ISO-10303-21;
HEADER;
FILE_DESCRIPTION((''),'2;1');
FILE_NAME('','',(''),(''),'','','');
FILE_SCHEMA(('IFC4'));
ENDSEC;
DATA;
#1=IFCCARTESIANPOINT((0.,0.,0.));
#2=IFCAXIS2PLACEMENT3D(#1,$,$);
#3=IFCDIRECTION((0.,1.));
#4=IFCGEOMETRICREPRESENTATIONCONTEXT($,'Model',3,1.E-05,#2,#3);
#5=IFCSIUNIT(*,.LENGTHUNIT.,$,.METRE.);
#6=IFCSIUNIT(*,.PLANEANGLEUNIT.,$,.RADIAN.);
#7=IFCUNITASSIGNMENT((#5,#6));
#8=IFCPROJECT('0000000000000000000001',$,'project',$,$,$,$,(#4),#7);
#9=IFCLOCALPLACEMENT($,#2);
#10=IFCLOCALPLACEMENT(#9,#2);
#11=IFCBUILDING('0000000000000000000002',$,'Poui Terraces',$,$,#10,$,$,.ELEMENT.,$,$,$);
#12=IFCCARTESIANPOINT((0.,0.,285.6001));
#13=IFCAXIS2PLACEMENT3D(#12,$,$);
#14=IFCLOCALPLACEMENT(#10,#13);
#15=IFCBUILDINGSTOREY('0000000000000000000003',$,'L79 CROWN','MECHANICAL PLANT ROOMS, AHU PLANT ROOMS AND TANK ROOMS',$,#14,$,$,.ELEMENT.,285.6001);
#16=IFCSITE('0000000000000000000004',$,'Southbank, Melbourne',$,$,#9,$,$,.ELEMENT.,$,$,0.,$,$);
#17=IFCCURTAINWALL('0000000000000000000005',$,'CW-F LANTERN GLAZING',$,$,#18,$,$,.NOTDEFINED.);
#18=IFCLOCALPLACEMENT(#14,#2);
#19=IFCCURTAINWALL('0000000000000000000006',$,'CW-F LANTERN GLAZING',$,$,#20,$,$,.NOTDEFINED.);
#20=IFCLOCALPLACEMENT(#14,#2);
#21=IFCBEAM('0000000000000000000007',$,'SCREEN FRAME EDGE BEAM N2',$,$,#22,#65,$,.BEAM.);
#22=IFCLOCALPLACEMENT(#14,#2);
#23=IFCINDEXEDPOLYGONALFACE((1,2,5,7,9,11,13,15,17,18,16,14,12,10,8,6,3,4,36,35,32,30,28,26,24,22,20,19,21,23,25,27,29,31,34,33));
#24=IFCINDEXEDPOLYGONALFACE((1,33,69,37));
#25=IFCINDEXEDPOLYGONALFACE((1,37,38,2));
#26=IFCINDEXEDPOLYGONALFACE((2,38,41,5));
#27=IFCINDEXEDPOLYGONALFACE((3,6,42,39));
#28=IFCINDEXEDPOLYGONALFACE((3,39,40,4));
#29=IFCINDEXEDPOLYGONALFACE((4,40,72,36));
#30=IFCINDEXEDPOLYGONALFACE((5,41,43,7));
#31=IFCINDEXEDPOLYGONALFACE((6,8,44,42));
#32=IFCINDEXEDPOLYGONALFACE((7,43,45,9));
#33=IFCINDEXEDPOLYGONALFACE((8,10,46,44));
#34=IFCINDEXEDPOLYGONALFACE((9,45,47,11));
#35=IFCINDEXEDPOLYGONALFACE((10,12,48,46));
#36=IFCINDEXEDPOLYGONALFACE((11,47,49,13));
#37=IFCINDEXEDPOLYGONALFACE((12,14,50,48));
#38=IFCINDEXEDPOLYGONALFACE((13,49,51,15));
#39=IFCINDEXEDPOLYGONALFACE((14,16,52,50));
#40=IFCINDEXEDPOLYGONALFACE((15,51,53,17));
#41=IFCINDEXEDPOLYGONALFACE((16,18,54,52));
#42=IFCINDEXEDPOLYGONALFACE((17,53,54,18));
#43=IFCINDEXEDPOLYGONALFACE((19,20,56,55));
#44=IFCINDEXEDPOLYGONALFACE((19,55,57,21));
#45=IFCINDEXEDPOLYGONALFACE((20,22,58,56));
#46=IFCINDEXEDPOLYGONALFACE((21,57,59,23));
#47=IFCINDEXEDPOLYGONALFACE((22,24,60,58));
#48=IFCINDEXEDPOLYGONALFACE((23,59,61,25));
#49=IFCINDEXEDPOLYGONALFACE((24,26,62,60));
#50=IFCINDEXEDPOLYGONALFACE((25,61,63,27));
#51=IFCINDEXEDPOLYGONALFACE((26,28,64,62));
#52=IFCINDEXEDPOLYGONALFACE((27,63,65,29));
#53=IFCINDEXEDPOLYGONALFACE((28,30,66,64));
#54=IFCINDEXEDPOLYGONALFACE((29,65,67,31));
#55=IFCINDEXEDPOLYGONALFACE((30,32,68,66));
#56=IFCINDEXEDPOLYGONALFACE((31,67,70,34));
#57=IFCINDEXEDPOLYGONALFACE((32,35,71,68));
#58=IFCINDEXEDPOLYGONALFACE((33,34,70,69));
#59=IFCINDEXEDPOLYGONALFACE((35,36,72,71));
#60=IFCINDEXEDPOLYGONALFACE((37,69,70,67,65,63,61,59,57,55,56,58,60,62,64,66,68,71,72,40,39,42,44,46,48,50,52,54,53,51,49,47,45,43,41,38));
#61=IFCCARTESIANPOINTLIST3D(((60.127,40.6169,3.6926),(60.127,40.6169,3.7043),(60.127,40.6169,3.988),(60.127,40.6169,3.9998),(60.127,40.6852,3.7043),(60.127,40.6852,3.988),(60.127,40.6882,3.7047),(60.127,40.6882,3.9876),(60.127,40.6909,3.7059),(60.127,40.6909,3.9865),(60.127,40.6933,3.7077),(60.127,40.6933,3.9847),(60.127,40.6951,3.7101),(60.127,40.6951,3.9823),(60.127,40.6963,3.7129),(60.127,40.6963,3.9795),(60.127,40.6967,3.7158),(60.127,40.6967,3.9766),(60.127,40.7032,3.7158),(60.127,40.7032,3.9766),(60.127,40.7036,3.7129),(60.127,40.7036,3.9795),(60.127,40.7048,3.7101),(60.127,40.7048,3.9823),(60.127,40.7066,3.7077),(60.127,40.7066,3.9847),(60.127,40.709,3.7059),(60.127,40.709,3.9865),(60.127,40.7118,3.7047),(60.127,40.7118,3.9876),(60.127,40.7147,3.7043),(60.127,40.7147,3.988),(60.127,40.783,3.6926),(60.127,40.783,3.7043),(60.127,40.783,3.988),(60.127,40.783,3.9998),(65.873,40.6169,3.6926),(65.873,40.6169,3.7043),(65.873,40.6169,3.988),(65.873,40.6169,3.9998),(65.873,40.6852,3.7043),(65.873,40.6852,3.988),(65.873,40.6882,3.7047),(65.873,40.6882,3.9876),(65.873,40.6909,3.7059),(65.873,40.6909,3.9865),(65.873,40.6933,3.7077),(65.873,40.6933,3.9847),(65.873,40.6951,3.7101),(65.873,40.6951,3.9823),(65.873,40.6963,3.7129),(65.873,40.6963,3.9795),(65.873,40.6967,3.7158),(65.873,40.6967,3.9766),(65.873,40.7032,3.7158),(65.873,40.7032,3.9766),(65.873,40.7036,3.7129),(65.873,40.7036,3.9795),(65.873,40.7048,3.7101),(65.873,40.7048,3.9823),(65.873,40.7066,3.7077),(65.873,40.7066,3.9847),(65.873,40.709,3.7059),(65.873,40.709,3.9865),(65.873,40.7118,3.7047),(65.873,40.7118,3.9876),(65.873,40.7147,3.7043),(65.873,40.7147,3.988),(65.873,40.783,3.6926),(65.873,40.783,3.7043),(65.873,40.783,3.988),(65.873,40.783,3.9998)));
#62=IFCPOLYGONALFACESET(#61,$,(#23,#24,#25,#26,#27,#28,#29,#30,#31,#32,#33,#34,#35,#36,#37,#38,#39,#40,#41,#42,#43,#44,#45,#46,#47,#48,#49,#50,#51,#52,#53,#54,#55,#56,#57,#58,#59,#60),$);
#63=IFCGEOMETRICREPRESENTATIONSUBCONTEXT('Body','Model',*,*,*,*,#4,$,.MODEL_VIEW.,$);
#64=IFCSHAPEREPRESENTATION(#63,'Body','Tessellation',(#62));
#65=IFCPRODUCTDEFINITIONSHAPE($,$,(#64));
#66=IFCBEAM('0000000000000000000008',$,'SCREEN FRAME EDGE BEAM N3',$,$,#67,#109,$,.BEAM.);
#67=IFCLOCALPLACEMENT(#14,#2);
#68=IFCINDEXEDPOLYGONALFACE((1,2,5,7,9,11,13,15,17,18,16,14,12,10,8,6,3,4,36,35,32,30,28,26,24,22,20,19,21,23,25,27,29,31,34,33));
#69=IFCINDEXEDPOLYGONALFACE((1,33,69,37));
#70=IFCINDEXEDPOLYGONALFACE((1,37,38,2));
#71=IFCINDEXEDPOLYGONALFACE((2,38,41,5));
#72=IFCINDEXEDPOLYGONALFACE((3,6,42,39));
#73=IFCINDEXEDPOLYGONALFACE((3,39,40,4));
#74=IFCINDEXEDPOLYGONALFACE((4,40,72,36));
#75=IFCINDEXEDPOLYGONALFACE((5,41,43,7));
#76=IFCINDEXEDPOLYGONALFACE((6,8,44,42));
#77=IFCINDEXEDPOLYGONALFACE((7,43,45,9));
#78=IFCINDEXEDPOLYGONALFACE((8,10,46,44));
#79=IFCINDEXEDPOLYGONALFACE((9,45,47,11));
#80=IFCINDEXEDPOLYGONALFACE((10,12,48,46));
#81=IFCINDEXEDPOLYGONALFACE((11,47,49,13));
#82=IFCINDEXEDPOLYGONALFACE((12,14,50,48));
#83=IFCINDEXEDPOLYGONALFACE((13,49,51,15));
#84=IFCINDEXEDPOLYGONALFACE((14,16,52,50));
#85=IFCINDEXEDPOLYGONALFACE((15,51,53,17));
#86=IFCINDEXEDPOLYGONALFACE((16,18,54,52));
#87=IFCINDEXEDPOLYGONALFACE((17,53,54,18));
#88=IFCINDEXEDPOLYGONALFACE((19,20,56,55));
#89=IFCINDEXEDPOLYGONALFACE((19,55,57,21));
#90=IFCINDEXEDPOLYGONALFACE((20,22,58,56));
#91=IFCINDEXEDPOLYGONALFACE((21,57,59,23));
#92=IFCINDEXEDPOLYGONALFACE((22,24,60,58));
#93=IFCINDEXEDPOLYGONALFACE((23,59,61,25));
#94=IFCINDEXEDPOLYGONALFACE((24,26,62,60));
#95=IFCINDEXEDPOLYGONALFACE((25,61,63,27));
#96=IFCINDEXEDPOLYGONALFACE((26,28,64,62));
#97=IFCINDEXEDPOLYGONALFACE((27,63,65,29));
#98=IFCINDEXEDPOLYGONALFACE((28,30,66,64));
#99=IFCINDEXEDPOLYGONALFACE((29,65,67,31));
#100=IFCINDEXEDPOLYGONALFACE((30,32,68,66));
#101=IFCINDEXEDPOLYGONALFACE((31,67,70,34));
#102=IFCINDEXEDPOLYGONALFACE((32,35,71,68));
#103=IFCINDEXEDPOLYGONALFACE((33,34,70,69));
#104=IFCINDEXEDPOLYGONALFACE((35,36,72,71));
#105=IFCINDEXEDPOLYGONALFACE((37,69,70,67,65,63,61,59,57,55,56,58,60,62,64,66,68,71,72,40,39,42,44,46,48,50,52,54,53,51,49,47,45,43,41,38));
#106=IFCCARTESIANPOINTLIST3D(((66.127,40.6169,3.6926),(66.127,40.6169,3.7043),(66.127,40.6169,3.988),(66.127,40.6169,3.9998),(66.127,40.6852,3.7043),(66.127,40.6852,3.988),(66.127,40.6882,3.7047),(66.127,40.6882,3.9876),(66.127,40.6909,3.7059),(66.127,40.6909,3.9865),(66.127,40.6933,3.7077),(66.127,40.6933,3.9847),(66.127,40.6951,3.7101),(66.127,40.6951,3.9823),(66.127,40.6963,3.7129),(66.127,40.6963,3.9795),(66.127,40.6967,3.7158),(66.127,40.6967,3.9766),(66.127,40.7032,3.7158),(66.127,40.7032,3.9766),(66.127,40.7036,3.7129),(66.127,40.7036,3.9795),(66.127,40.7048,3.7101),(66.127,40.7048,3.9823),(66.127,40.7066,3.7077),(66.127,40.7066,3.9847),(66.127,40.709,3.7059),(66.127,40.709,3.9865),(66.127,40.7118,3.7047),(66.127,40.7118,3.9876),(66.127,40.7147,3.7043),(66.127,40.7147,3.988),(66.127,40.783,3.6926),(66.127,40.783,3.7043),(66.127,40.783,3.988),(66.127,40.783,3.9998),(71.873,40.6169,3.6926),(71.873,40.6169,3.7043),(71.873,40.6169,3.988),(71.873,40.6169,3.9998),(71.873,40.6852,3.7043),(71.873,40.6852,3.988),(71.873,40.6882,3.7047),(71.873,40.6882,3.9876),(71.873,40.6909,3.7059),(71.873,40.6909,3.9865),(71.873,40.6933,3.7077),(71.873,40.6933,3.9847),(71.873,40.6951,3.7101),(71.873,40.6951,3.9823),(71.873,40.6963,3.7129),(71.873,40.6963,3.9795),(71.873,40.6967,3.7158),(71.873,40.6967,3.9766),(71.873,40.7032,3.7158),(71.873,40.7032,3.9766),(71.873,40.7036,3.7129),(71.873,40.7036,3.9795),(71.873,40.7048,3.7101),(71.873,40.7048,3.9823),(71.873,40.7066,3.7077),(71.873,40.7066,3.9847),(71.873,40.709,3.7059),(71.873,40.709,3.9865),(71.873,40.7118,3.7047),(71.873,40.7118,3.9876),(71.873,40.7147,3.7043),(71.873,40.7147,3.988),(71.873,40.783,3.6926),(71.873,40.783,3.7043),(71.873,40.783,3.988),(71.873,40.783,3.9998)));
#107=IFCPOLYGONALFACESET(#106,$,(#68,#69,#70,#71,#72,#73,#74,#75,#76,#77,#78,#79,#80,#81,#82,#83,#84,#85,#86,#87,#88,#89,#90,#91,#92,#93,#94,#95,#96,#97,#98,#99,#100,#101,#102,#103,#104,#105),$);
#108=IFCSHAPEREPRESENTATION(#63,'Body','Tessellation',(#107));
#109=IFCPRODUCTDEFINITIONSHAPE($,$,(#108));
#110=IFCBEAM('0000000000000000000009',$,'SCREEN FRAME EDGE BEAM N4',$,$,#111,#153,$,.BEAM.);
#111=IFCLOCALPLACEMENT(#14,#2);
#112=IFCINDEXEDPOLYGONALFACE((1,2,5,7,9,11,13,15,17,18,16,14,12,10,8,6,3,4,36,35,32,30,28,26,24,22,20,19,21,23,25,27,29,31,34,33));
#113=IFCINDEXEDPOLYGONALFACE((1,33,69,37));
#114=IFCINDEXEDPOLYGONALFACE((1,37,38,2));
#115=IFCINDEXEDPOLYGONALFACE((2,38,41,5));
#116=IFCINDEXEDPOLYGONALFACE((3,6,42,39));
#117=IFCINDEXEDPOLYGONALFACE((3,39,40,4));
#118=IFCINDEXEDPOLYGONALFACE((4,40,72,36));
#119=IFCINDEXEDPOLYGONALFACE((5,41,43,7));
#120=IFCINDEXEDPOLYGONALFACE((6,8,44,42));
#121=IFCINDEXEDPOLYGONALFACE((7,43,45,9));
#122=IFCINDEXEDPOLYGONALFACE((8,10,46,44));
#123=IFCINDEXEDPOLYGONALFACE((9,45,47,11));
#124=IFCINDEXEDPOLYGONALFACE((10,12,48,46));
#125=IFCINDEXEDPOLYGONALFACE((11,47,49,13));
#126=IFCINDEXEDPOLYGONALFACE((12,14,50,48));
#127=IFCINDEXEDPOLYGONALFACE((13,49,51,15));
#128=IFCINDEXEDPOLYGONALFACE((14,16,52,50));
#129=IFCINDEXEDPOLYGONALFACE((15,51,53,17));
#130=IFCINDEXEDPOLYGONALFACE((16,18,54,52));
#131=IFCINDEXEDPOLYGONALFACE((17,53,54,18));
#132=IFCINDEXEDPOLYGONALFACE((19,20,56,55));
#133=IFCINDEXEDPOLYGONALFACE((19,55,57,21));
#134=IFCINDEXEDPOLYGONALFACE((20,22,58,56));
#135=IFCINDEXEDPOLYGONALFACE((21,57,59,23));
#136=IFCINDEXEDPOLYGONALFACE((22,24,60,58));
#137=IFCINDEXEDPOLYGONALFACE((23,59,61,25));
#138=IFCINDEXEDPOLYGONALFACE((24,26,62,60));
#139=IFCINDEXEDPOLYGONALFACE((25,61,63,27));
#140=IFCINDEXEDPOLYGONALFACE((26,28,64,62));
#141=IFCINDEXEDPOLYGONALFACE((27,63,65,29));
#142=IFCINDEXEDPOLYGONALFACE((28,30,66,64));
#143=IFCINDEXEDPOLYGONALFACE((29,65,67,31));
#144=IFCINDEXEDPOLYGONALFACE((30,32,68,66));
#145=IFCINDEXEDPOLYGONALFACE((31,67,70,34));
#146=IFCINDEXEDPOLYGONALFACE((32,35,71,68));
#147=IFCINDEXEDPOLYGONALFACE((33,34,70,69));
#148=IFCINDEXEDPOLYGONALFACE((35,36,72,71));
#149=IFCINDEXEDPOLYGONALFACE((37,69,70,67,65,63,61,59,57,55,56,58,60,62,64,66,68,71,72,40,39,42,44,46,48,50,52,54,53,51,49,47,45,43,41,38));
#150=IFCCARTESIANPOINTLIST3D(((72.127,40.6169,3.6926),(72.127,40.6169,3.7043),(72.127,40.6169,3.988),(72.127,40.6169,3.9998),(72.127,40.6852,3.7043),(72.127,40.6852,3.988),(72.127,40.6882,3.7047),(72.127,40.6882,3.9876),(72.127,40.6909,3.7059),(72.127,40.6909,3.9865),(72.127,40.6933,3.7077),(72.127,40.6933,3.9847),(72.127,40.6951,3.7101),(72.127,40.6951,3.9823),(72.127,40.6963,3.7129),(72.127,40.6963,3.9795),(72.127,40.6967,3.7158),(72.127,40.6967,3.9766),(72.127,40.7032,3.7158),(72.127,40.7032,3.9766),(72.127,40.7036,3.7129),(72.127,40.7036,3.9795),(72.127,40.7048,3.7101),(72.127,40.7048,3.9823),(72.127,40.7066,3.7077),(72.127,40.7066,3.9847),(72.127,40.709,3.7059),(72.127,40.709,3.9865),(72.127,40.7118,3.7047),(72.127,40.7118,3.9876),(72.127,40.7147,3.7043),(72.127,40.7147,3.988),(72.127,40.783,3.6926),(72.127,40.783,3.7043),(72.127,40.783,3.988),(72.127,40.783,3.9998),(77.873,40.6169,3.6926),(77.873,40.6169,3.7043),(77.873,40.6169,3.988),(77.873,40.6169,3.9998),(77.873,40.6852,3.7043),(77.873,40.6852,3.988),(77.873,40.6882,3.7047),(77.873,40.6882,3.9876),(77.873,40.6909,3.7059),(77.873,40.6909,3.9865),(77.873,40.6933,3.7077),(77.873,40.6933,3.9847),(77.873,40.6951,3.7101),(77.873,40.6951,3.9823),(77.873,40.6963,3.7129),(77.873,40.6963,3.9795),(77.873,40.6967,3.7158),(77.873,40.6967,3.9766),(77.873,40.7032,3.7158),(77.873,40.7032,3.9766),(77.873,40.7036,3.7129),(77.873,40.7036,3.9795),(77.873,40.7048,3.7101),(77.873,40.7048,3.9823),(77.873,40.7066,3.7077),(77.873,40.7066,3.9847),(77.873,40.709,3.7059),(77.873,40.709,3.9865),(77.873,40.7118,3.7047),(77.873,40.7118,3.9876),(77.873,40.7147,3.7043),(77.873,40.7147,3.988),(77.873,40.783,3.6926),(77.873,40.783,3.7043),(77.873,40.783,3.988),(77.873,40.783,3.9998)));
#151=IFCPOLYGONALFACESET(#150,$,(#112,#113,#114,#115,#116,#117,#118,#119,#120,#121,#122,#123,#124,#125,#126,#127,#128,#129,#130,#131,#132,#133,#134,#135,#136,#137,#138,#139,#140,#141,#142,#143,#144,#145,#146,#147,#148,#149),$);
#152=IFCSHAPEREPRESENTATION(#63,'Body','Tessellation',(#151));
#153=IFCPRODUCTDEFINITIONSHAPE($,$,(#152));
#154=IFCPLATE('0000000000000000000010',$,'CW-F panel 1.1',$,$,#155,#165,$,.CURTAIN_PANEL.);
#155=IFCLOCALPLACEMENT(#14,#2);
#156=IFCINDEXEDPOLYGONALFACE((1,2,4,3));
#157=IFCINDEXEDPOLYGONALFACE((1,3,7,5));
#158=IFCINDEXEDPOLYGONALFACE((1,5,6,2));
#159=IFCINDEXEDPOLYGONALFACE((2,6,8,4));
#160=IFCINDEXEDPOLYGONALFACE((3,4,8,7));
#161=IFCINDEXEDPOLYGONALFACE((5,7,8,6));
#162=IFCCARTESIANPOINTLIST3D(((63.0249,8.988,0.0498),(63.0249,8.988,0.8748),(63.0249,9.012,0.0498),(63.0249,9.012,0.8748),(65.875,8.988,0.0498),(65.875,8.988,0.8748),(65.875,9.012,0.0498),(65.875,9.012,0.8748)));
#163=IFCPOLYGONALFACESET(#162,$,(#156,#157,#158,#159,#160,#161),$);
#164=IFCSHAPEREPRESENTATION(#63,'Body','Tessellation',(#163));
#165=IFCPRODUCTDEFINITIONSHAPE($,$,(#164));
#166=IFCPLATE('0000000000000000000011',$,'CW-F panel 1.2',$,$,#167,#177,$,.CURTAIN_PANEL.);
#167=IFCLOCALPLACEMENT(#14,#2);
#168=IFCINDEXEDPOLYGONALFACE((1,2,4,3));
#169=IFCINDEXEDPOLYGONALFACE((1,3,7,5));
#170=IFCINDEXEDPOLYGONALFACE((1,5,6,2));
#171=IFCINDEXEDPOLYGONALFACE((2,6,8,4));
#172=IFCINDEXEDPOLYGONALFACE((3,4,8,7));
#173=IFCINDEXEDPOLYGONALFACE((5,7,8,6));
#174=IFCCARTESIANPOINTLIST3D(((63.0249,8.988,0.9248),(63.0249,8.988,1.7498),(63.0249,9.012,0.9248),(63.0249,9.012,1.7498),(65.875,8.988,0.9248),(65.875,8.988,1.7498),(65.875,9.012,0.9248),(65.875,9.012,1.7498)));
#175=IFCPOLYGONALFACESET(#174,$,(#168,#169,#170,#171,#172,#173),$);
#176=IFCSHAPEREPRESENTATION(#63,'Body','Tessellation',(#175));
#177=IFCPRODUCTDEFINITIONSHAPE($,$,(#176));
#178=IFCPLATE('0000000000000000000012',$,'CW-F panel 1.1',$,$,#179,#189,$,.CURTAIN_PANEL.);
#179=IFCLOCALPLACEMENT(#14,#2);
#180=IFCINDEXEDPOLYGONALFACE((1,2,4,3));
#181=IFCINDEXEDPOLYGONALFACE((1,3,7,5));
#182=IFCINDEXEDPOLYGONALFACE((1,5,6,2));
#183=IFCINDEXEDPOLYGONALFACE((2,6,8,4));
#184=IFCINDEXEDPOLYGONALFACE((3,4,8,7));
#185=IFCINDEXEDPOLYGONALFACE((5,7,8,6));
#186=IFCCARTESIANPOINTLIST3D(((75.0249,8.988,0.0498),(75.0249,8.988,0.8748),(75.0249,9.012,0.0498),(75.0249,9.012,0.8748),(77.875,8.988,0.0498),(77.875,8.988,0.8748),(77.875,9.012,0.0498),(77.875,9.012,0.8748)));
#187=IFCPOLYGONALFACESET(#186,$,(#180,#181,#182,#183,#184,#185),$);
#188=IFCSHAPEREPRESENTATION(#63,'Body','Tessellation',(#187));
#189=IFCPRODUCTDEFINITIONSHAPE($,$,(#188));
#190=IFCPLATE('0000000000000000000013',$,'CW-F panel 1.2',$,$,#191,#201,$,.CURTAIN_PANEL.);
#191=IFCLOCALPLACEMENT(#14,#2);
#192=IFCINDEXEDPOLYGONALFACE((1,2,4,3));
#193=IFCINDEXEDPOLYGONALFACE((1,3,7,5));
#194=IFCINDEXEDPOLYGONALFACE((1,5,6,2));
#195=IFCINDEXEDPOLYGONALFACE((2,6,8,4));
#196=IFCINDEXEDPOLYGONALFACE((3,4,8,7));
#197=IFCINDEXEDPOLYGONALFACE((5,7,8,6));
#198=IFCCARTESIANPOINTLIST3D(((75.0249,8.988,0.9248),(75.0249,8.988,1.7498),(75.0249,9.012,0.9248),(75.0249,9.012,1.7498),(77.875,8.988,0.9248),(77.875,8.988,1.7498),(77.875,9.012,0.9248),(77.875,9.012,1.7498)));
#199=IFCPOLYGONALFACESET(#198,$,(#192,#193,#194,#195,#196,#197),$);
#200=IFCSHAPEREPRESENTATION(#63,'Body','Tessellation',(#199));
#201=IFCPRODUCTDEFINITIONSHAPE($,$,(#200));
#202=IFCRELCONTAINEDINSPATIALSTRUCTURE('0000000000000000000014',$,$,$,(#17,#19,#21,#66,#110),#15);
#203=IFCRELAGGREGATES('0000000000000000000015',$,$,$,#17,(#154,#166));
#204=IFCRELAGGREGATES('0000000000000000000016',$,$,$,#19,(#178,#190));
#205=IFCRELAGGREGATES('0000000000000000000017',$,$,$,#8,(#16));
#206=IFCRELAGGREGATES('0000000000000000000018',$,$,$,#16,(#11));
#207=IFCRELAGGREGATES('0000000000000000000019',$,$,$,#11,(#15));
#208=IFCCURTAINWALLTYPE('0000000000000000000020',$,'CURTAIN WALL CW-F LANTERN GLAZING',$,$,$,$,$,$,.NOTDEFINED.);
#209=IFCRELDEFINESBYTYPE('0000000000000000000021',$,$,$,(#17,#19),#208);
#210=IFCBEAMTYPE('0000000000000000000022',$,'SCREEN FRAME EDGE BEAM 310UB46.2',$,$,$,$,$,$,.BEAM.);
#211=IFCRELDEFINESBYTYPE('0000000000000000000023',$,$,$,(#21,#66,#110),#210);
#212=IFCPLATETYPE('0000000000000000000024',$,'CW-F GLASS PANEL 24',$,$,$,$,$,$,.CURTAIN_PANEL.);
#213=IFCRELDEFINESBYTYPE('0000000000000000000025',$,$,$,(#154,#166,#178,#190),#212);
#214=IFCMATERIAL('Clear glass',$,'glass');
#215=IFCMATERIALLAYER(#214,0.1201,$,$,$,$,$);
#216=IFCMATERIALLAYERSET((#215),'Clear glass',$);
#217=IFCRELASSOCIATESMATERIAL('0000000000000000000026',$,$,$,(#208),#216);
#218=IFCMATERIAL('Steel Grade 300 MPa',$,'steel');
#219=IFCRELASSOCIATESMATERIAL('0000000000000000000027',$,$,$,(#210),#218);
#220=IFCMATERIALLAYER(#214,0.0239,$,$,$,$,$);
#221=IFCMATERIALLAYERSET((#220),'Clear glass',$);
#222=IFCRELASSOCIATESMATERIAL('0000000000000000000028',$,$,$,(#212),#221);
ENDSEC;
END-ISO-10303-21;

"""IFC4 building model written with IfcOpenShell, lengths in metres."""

from ifc_helpers import new_model, si_unit, direction, frame, origin, origin_2d, place, context, subcontext, project, spatial, rectangle, i_section, extrude, source, transform, mapped, material, layer, layer_set, material_profile, profile_set, type_object, element, aggregate, save


model = new_model("IFC4")

# Units and contexts
model_context = context("Model", 3, precision=1e-05, world=origin(), true_north=direction((0.0, 1.0)))
body_context = subcontext(model_context, "Body", "Model", "MODEL_VIEW")
ifc_project = project(units=[si_unit("LENGTHUNIT", "METRE"), si_unit("PLANEANGLEUNIT", "RADIAN")], contexts=[model_context])

# Site, building, storey
site_placement = place(None, origin())
site = spatial("IfcSite", under=ifc_project, at=site_placement, Name="Southbank, Melbourne", CompositionType="ELEMENT", RefElevation=0.0)
building_placement = place(site_placement, origin())
building = spatial("IfcBuilding", under=site, at=building_placement, Name="Poui Terraces", CompositionType="ELEMENT")
storey_placement = place(building_placement, frame((0.0, 0.0, 285.6001)))
storey = spatial("IfcBuildingStorey", under=building, at=storey_placement, Name="L79 CROWN", Description="MECHANICAL PLANT ROOMS, AHU PLANT ROOMS AND TANK ROOMS", CompositionType="ELEMENT", Elevation=285.6001)

# Shared definitions
ifc_material_1 = material(Name="Steel Grade 300 MPa", Category="steel")

# Curtain wall
ifc_material_2 = material(Name="Clear glass", Category="glass")
ifc_layer_1 = layer(ifc_material_2, 0.1201)
ifc_layer_set_1 = layer_set([ifc_layer_1], Name="Clear glass")
curtain_wall_type = type_object("IfcCurtainWallType", Name="CURTAIN WALL CW-F LANTERN GLAZING", PredefinedType="NOTDEFINED", material=ifc_layer_set_1)
curtain_wall_1_placement = place(storey_placement, origin())
curtain_wall_1 = element("IfcCurtainWall", 1, at=curtain_wall_1_placement, inside=storey, type_object=curtain_wall_type, Name="CW-F LANTERN GLAZING", PredefinedType="NOTDEFINED")

# Curtain wall
curtain_wall_2_placement = place(storey_placement, origin())
curtain_wall_2 = element("IfcCurtainWall", 2, at=curtain_wall_2_placement, inside=storey, type_object=curtain_wall_type, Name="CW-F LANTERN GLAZING", PredefinedType="NOTDEFINED")

# Beams
ifc_material_profile_1 = material_profile(ifc_material_1, i_section(OverallWidth=0.166, OverallDepth=0.3071, WebThickness=0.0066, FlangeThickness=0.0117, FilletRadius=0.0115, at=origin_2d()), Name="310UB46.2")
ifc_profile_set_1 = profile_set([ifc_material_profile_1], Name="Steel Grade 300 MPa")
beam_type = type_object("IfcBeamType", Name="SCREEN FRAME EDGE BEAM 310UB46.2", PredefinedType="BEAM", material=ifc_profile_set_1)
shared_shape_1 = source(origin(), body_context, "Body", "SweptSolid", [
    extrude(i_section(OverallWidth=0.166, OverallDepth=0.3071, WebThickness=0.0066, FlangeThickness=0.0117, FilletRadius=0.0115, at=origin_2d()), origin(), (0.0, 0.0, 1.0), 5.7461),
])
for number, where, z_axis, x_axis, name in (
    (3, (60.127, 40.7, 3.8462), (1.0, 0.0, 0.0), (0.0, 1.0, 0.0), "SCREEN FRAME EDGE BEAM N2"),
    (4, (66.127, 40.7, 3.8462), (1.0, 0.0, 0.0), (0.0, 1.0, 0.0), "SCREEN FRAME EDGE BEAM N3"),
    (5, (72.127, 40.7, 3.8462), (1.0, 0.0, 0.0), (0.0, 1.0, 0.0), "SCREEN FRAME EDGE BEAM N4"),
):
    element("IfcBeam", number, at=place(storey_placement, frame(where, z_axis=z_axis, x_axis=x_axis)), inside=storey, type_object=beam_type, Name=name, PredefinedType="BEAM", context=body_context, shape_type="MappedRepresentation", body=[
        mapped(shared_shape_1, transform((0.0, 0.0, 0.0))),
    ])

# Plates
ifc_layer_2 = layer(ifc_material_2, 0.0239)
ifc_layer_set_2 = layer_set([ifc_layer_2], Name="Clear glass")
plate_type = type_object("IfcPlateType", Name="CW-F GLASS PANEL 24", PredefinedType="CURTAIN_PANEL", material=ifc_layer_set_2)
plate_1_placement = place(storey_placement, frame((64.45, 9.0, 0.0498), z_axis=(0.0, 0.0, 1.0), x_axis=(-1.0, 0.0, 0.0)))
plate_1 = element("IfcPlate", 6, at=plate_1_placement, type_object=plate_type, Name="CW-F panel 1.1", PredefinedType="CURTAIN_PANEL", context=body_context, shape_type="SweptSolid", body=[
    extrude(rectangle(XDim=2.8501, YDim=0.0239, at=origin_2d()), origin(), (0.0, 0.0, 1.0), 0.825),
])
plate_2_placement = place(storey_placement, frame((64.45, 9.0, 0.9248), z_axis=(0.0, 0.0, 1.0), x_axis=(-1.0, 0.0, 0.0)))
plate_2 = element("IfcPlate", 7, at=plate_2_placement, type_object=plate_type, Name="CW-F panel 1.2", PredefinedType="CURTAIN_PANEL", context=body_context, shape_type="SweptSolid", body=[
    extrude(rectangle(XDim=2.8501, YDim=0.0239, at=origin_2d()), origin(), (0.0, 0.0, 1.0), 0.825),
])
aggregate(curtain_wall_1, [plate_1, plate_2])
plate_3_placement = place(storey_placement, frame((76.45, 9.0, 0.0498), z_axis=(0.0, 0.0, 1.0), x_axis=(-1.0, 0.0, 0.0)))
plate_3 = element("IfcPlate", 8, at=plate_3_placement, type_object=plate_type, Name="CW-F panel 1.1", PredefinedType="CURTAIN_PANEL", context=body_context, shape_type="SweptSolid", body=[
    extrude(rectangle(XDim=2.8501, YDim=0.0239, at=origin_2d()), origin(), (0.0, 0.0, 1.0), 0.825),
])
plate_4_placement = place(storey_placement, frame((76.45, 9.0, 0.9248), z_axis=(0.0, 0.0, 1.0), x_axis=(-1.0, 0.0, 0.0)))
plate_4 = element("IfcPlate", 9, at=plate_4_placement, type_object=plate_type, Name="CW-F panel 1.2", PredefinedType="CURTAIN_PANEL", context=body_context, shape_type="SweptSolid", body=[
    extrude(rectangle(XDim=2.8501, YDim=0.0239, at=origin_2d()), origin(), (0.0, 0.0, 1.0), 0.825),
])
aggregate(curtain_wall_2, [plate_3, plate_4])

save(model, "model.ifc")
